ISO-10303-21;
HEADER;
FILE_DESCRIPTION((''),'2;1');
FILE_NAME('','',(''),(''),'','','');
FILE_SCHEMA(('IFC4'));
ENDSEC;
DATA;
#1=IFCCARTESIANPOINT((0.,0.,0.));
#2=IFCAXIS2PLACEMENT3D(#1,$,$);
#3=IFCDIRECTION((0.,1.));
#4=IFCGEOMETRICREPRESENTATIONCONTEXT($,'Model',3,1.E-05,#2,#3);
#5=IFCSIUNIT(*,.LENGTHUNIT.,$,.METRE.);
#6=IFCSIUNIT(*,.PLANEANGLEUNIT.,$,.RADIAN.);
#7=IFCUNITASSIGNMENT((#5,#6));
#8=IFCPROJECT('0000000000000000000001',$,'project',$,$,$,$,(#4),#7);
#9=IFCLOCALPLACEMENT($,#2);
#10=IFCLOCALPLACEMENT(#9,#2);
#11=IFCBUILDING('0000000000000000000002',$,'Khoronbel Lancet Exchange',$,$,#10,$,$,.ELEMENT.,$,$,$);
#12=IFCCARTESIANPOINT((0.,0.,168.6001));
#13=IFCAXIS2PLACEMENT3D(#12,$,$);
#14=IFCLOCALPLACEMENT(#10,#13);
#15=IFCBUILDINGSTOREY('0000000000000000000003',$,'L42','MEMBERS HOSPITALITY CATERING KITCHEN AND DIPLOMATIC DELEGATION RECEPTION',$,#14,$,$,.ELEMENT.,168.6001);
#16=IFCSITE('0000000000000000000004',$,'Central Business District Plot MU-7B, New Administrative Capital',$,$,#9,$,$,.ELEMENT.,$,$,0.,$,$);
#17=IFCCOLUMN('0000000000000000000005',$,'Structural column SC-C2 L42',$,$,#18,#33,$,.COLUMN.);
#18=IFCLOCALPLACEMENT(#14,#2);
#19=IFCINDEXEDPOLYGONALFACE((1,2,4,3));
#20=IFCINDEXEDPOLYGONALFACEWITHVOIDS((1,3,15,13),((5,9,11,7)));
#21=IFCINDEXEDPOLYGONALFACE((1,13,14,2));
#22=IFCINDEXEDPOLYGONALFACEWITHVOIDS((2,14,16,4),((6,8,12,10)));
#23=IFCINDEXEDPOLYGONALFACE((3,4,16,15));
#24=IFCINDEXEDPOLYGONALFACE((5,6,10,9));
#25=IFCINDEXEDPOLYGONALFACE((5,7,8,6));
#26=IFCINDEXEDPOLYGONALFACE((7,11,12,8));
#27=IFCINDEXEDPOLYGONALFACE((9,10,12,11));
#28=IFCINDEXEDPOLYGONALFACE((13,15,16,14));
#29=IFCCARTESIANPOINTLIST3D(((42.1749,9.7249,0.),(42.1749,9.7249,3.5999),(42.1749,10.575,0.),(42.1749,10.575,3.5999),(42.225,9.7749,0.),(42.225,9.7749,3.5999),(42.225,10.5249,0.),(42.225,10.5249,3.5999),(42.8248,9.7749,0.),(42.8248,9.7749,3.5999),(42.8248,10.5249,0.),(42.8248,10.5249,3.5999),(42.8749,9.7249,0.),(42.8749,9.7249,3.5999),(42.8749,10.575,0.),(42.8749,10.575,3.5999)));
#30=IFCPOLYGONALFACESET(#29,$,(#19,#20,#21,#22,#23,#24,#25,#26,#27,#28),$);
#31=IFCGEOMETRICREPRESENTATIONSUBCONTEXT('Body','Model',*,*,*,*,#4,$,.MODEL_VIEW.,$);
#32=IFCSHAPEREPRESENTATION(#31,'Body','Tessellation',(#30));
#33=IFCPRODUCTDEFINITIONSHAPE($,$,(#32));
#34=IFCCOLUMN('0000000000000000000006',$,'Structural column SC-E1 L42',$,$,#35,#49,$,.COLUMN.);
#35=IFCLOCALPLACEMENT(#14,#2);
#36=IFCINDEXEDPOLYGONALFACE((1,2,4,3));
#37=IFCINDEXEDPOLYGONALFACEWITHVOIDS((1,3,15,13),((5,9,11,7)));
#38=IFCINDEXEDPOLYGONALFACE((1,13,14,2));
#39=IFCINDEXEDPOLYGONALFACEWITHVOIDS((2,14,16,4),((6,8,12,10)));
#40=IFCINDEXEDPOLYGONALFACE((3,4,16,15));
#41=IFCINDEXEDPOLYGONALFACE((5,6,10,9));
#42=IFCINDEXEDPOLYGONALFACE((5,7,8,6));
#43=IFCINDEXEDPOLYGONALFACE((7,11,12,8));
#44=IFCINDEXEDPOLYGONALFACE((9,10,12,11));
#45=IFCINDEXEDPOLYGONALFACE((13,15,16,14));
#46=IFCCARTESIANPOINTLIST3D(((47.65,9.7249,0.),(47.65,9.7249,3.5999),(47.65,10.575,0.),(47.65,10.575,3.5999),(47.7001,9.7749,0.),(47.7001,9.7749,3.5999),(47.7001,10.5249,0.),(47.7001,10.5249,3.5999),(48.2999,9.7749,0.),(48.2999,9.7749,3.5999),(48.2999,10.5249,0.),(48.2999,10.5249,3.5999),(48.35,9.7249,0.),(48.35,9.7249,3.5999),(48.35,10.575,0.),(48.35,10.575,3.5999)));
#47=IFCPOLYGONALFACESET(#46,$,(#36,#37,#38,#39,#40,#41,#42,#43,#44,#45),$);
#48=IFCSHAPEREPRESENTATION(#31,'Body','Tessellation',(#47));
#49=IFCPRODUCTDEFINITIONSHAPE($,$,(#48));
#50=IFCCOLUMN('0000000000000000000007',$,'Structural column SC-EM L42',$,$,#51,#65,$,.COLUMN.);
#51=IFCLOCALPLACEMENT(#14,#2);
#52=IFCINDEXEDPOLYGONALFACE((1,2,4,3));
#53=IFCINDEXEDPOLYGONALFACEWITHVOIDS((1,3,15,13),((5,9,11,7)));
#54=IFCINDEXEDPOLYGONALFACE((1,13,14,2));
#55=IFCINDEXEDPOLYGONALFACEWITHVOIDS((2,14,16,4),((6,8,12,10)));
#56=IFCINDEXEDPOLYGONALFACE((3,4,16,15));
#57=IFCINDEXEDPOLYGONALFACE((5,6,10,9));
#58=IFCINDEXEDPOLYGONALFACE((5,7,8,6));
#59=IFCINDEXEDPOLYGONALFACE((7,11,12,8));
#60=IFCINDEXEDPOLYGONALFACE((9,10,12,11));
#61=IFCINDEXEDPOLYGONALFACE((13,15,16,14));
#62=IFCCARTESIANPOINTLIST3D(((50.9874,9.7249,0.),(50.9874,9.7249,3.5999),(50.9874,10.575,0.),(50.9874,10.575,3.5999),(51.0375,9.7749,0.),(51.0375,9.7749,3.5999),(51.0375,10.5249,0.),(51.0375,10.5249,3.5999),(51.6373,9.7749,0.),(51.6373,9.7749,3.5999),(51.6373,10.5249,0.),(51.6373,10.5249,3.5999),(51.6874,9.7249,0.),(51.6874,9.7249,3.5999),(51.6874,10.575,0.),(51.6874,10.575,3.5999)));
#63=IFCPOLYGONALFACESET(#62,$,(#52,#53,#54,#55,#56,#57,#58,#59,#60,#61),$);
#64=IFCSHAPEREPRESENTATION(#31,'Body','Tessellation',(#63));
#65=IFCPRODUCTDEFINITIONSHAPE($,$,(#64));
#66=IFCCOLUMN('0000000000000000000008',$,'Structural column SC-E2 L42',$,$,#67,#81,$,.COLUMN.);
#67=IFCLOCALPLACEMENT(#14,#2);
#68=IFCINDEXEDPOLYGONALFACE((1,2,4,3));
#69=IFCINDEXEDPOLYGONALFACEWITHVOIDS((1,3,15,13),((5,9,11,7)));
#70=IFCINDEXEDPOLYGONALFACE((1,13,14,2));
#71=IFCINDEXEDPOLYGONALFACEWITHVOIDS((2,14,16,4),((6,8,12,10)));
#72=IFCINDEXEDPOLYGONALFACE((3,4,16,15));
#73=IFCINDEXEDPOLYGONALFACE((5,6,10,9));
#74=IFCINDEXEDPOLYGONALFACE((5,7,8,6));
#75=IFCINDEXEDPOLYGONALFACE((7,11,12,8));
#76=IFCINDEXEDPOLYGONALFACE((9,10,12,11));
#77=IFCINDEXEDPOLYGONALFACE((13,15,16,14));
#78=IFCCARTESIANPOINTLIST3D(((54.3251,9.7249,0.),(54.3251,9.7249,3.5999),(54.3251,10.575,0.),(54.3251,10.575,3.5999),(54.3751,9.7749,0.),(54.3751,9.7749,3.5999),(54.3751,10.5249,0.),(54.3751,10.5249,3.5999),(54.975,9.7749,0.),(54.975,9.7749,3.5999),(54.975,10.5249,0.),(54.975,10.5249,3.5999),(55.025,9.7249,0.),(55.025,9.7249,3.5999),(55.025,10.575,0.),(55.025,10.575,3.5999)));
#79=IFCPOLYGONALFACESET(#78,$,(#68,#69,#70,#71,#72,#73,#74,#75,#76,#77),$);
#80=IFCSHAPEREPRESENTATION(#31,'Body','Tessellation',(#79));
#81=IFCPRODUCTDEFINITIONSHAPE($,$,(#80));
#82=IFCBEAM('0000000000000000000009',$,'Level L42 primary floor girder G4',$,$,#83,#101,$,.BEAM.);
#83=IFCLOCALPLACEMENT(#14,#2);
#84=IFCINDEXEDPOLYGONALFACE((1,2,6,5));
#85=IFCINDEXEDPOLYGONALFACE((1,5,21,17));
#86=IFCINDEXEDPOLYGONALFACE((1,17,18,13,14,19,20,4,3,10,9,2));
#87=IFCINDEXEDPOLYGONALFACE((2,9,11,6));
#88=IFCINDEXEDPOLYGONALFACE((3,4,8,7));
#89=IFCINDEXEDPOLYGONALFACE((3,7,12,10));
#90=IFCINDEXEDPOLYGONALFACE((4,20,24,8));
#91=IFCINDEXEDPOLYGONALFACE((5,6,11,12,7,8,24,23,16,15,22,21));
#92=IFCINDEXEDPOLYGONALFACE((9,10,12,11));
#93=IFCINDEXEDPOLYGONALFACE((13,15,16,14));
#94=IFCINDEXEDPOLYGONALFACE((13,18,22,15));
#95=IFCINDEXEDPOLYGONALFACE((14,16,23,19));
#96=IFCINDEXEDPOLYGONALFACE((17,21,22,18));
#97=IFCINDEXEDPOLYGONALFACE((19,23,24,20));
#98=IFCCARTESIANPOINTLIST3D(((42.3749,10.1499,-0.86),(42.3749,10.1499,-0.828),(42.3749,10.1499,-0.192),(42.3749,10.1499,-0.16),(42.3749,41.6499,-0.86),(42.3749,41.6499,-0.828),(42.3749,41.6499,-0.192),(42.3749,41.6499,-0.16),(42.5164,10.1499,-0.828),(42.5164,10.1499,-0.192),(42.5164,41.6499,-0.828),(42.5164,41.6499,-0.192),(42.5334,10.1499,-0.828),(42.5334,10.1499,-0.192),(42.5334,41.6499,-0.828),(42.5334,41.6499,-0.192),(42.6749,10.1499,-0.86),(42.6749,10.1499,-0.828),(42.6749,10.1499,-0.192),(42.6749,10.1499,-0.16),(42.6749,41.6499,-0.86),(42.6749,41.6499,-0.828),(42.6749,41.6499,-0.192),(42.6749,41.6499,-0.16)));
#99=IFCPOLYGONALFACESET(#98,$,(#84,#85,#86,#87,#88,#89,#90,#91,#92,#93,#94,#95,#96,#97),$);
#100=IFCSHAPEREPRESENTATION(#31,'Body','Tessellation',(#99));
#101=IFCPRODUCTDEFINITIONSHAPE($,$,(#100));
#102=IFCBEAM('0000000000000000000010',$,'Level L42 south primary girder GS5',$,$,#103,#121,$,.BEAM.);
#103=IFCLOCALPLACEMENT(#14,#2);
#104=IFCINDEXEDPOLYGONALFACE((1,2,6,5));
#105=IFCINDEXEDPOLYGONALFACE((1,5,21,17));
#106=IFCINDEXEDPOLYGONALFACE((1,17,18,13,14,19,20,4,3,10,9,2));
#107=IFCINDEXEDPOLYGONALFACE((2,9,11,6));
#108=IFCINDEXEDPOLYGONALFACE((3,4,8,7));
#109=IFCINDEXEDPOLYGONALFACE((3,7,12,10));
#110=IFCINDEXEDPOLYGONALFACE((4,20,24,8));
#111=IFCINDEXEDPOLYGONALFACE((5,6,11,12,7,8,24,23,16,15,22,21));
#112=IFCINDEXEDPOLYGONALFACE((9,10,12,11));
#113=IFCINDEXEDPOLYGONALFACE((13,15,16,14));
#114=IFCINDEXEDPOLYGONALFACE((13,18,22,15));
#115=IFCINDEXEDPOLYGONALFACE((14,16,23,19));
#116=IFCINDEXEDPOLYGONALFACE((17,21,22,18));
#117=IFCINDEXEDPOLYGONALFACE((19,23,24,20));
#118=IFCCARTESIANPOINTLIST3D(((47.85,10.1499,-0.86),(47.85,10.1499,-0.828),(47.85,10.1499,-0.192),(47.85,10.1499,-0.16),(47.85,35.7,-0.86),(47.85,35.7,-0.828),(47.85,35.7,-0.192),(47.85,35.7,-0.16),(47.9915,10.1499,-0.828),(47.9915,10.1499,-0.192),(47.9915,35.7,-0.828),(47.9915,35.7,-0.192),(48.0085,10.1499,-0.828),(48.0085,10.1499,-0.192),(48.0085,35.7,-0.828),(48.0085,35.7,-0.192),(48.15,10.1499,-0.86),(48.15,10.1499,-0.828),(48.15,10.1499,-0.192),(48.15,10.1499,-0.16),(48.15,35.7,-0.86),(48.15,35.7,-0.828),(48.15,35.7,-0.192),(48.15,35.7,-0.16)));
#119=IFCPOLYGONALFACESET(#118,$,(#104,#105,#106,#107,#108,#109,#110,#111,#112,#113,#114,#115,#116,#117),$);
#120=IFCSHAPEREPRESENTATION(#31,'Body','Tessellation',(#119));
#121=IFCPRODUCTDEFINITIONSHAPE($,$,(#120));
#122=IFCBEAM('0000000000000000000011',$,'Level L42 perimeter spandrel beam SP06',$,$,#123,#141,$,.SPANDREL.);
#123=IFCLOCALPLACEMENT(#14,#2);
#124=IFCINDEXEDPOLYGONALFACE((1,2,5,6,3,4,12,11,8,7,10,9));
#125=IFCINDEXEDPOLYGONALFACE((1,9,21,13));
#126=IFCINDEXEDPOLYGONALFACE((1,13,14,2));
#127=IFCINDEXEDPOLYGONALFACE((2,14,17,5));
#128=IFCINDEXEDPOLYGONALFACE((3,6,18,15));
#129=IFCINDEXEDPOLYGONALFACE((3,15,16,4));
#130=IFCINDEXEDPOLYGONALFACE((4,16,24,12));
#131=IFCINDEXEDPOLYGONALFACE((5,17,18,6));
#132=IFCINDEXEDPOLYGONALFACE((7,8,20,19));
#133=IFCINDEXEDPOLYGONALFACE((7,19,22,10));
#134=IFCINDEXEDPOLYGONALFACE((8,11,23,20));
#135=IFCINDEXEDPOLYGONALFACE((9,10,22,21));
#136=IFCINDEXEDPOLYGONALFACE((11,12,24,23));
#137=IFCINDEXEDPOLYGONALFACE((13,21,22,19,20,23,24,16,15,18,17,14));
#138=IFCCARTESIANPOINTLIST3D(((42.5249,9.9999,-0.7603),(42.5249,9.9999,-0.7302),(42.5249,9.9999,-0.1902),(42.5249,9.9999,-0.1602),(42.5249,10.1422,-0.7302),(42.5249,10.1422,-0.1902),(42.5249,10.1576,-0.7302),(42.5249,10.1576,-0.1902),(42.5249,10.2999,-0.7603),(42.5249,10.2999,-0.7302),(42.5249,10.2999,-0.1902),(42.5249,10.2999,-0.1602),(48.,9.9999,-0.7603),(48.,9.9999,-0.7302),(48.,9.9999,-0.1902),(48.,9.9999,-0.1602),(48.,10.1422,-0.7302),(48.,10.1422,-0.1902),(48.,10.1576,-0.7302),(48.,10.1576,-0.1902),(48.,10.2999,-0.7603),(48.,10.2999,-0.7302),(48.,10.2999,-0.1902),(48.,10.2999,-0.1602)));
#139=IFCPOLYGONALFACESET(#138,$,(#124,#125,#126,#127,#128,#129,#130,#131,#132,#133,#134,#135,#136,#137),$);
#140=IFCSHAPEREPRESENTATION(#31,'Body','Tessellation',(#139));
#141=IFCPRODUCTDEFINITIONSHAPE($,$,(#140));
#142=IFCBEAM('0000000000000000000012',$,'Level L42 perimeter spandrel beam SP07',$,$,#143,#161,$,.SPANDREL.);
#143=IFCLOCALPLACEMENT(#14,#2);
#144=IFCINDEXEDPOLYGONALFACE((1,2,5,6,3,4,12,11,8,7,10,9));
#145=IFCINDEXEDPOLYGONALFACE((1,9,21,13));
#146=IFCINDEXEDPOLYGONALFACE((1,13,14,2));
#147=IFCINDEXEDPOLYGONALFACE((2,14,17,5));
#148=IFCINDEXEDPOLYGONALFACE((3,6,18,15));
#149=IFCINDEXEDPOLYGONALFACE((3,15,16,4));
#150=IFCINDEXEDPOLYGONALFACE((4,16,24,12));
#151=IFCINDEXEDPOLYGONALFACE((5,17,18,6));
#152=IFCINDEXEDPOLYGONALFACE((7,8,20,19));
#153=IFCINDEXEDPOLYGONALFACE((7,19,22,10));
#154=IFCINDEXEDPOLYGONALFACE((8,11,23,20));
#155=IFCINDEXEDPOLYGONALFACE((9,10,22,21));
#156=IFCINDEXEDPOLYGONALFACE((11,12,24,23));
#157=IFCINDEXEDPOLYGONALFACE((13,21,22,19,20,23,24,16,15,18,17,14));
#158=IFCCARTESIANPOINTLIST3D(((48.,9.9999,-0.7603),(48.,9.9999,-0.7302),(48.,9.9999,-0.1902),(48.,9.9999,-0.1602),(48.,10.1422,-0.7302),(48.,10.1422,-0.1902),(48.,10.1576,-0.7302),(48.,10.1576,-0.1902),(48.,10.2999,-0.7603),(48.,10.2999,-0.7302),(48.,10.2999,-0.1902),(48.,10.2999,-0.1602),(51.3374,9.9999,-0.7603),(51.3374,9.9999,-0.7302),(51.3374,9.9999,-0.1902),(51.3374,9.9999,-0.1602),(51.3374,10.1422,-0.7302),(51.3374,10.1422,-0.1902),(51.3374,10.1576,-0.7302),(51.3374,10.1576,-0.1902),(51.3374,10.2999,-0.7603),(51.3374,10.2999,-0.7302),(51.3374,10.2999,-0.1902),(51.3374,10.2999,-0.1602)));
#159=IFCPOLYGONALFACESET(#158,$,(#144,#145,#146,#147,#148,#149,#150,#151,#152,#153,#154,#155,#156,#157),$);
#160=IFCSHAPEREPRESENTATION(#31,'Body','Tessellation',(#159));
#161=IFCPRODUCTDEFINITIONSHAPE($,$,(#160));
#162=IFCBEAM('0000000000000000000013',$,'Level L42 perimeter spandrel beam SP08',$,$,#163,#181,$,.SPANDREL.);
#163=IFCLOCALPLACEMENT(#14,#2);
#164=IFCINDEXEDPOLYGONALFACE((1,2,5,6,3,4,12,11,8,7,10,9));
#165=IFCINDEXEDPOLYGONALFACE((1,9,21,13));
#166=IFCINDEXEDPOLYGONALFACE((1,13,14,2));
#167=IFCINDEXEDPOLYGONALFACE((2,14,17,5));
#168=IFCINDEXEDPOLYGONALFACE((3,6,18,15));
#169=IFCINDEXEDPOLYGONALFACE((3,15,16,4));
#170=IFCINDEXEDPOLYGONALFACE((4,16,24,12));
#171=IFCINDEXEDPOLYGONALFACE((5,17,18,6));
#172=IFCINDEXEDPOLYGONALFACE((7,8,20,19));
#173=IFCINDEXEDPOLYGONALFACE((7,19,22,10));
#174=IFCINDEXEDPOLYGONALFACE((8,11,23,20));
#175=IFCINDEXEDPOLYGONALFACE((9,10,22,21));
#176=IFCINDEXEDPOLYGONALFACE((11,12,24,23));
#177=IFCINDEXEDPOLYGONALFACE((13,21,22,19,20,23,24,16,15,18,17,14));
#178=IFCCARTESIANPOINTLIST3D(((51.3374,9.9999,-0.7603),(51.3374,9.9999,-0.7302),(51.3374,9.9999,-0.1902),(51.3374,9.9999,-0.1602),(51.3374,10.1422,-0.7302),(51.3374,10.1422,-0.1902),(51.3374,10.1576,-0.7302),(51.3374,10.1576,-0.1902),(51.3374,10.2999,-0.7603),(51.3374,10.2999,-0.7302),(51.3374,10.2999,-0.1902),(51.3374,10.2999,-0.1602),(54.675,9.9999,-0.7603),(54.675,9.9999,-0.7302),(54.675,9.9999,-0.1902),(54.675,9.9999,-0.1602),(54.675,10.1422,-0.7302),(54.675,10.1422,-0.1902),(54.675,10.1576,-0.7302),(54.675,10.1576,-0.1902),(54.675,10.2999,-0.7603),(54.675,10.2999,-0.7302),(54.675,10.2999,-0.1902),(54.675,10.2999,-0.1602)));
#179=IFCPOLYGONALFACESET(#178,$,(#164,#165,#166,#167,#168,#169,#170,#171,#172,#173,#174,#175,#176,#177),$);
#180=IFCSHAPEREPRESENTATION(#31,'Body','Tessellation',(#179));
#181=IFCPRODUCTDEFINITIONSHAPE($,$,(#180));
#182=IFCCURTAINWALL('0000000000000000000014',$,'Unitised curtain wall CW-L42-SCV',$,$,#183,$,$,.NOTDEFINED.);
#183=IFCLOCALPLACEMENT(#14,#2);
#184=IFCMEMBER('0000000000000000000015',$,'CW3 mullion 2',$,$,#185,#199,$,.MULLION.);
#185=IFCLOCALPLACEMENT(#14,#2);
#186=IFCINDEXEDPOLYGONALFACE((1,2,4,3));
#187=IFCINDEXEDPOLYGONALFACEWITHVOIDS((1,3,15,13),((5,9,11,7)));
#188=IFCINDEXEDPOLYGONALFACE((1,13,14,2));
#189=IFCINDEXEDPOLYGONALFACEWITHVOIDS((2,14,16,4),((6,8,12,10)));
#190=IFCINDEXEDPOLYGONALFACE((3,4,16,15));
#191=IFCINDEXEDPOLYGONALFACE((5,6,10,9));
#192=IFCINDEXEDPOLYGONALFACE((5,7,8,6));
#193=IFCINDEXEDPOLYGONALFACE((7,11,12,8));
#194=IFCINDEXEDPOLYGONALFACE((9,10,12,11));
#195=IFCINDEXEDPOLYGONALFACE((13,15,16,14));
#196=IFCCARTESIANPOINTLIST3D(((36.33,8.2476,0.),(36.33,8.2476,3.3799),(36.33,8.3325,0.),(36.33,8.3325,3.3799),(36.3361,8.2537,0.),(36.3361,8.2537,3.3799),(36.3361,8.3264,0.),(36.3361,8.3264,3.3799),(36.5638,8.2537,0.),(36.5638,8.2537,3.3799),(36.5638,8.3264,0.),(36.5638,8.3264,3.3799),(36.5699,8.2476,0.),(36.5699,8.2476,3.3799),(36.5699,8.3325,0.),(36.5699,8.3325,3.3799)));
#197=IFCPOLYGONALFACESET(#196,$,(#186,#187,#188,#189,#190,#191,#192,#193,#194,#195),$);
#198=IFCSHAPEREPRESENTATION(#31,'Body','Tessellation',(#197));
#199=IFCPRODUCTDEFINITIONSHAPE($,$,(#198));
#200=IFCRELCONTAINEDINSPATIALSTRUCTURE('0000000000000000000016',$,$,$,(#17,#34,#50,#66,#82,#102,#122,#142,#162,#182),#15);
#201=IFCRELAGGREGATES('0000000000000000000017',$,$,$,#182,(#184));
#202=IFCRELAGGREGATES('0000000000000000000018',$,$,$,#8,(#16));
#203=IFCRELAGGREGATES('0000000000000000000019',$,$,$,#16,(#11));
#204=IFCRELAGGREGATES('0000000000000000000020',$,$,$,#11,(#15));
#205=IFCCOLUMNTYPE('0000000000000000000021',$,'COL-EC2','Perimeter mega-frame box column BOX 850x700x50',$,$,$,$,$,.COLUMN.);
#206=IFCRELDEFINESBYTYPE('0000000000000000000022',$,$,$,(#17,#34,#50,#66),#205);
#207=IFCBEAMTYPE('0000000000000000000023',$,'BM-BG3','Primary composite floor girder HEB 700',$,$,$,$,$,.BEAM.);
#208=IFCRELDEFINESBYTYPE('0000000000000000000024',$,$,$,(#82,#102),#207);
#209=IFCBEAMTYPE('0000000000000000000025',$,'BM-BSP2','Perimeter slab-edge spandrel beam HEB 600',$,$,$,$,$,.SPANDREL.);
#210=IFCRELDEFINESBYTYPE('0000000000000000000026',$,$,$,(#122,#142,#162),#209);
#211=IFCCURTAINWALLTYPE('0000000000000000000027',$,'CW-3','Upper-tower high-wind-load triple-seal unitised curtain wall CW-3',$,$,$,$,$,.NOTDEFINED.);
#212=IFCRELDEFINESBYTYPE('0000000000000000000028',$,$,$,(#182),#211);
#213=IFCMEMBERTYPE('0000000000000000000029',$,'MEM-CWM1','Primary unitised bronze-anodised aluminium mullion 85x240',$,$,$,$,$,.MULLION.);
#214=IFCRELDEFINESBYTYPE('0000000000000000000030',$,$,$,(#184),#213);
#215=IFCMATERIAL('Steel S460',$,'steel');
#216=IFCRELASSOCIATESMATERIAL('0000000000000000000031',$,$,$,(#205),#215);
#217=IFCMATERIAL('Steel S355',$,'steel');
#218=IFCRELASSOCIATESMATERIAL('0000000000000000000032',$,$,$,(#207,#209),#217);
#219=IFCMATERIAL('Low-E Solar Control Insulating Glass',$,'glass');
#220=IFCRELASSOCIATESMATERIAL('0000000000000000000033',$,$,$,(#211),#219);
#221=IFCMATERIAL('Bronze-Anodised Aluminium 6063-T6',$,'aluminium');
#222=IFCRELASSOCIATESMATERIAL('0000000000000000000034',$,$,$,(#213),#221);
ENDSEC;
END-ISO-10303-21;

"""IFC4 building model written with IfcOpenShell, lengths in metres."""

from ifc_helpers import new_model, si_unit, direction, frame, origin, origin_2d, place, context, subcontext, project, spatial, hollow_rectangle, i_section, extrude, material, material_profile, profile_set, type_object, element, aggregate, save


model = new_model("IFC4")

# Units and contexts
model_context = context("Model", 3, precision=1e-05, world=origin(), true_north=direction((0.0, 1.0)))
body_context = subcontext(model_context, "Body", "Model", "MODEL_VIEW")
ifc_project = project(units=[si_unit("LENGTHUNIT", "METRE"), si_unit("PLANEANGLEUNIT", "RADIAN")], contexts=[model_context])

# Site, building, storey
site_placement = place(None, origin())
site = spatial("IfcSite", under=ifc_project, at=site_placement, Name="Central Business District Plot MU-7B, New Administrative Capital", CompositionType="ELEMENT", RefElevation=0.0)
building_placement = place(site_placement, origin())
building = spatial("IfcBuilding", under=site, at=building_placement, Name="Khoronbel Lancet Exchange", CompositionType="ELEMENT")
storey_placement = place(building_placement, frame((0.0, 0.0, 168.6001)))
storey = spatial("IfcBuildingStorey", under=building, at=storey_placement, Name="L42", Description="MEMBERS HOSPITALITY CATERING KITCHEN AND DIPLOMATIC DELEGATION RECEPTION", CompositionType="ELEMENT", Elevation=168.6001)

# Columns
ifc_material_1 = material(Name="Steel S460", Category="steel")
ifc_material_profile_1 = material_profile(ifc_material_1, hollow_rectangle(XDim=0.7, YDim=0.8501, WallThickness=0.05, at=origin_2d()), Name="BOX 850x700x50")
ifc_profile_set_1 = profile_set([ifc_material_profile_1], Name="Steel S460")
column_type = type_object("IfcColumnType", Name="COL-EC2", Description="Perimeter mega-frame box column BOX 850x700x50", PredefinedType="COLUMN", material=ifc_profile_set_1)
for number, where, z_axis, x_axis, name in (
    (1, (42.5249, 10.1499, 0.0), (0.0, 0.0, 1.0), (1.0, 0.0, 0.0), "Structural column SC-C2 L42"),
    (2, (48.0, 10.1499, 0.0), (0.0, 0.0, 1.0), (1.0, 0.0, 0.0), "Structural column SC-E1 L42"),
    (3, (51.3374, 10.1499, 0.0), (0.0, 0.0, 1.0), (1.0, 0.0, 0.0), "Structural column SC-EM L42"),
    (4, (54.675, 10.1499, 0.0), (0.0, 0.0, 1.0), (1.0, 0.0, 0.0), "Structural column SC-E2 L42"),
):
    element("IfcColumn", number, at=place(storey_placement, frame(where, z_axis=z_axis, x_axis=x_axis)), inside=storey, type_object=column_type, Name=name, PredefinedType="COLUMN", context=body_context, shape_type="SweptSolid", body=[
        extrude(hollow_rectangle(XDim=0.7, YDim=0.8501, WallThickness=0.05, at=origin_2d()), origin(), (0.0, 0.0, 1.0), 3.5999),
    ])

# Beams
ifc_material_2 = material(Name="Steel S355", Category="steel")
ifc_material_profile_2 = material_profile(ifc_material_2, i_section(OverallWidth=0.3, OverallDepth=0.7, WebThickness=0.0171, FlangeThickness=0.032, at=origin_2d()), Name="HEB 700")
ifc_profile_set_2 = profile_set([ifc_material_profile_2], Name="Steel S355")
beam_type_1 = type_object("IfcBeamType", Name="BM-BG3", Description="Primary composite floor girder HEB 700", PredefinedType="BEAM", material=ifc_profile_set_2)
beam_1_placement = place(storey_placement, frame((42.5249, 10.1499, -0.51), z_axis=(0.0, 1.0, 0.0), x_axis=(-1.0, 0.0, 0.0)))
element("IfcBeam", 5, at=beam_1_placement, inside=storey, type_object=beam_type_1, Name="Level L42 primary floor girder G4", PredefinedType="BEAM", context=body_context, shape_type="SweptSolid", body=[
    extrude(i_section(OverallWidth=0.3, OverallDepth=0.7, WebThickness=0.0171, FlangeThickness=0.032, at=origin_2d()), origin(), (0.0, 0.0, 1.0), 31.5),
])
beam_2_placement = place(storey_placement, frame((48.0, 10.1499, -0.51), z_axis=(0.0, 1.0, 0.0), x_axis=(-1.0, 0.0, 0.0)))
element("IfcBeam", 6, at=beam_2_placement, inside=storey, type_object=beam_type_1, Name="Level L42 south primary girder GS5", PredefinedType="BEAM", context=body_context, shape_type="SweptSolid", body=[
    extrude(i_section(OverallWidth=0.3, OverallDepth=0.7, WebThickness=0.0171, FlangeThickness=0.032, at=origin_2d()), origin(), (0.0, 0.0, 1.0), 25.55),
])
ifc_material_profile_3 = material_profile(ifc_material_2, i_section(OverallWidth=0.3, OverallDepth=0.6001, WebThickness=0.0154, FlangeThickness=0.03, at=origin_2d()), Name="HEB 600")
ifc_profile_set_3 = profile_set([ifc_material_profile_3], Name="Steel S355")
beam_type_2 = type_object("IfcBeamType", Name="BM-BSP2", Description="Perimeter slab-edge spandrel beam HEB 600", PredefinedType="SPANDREL", material=ifc_profile_set_3)
beam_3_placement = place(storey_placement, frame((42.5249, 10.1499, -0.4602), z_axis=(1.0, 0.0, 0.0), x_axis=(0.0, 1.0, 0.0)))
element("IfcBeam", 7, at=beam_3_placement, inside=storey, type_object=beam_type_2, Name="Level L42 perimeter spandrel beam SP06", PredefinedType="SPANDREL", context=body_context, shape_type="SweptSolid", body=[
    extrude(i_section(OverallWidth=0.3, OverallDepth=0.6001, WebThickness=0.0154, FlangeThickness=0.03, at=origin_2d()), origin(), (0.0, 0.0, 1.0), 5.4751),
])
beam_4_placement = place(storey_placement, frame((48.0, 10.1499, -0.4602), z_axis=(1.0, 0.0, 0.0), x_axis=(0.0, 1.0, 0.0)))
element("IfcBeam", 8, at=beam_4_placement, inside=storey, type_object=beam_type_2, Name="Level L42 perimeter spandrel beam SP07", PredefinedType="SPANDREL", context=body_context, shape_type="SweptSolid", body=[
    extrude(i_section(OverallWidth=0.3, OverallDepth=0.6001, WebThickness=0.0154, FlangeThickness=0.03, at=origin_2d()), origin(), (0.0, 0.0, 1.0), 3.3374),
])
beam_5_placement = place(storey_placement, frame((51.3374, 10.1499, -0.4602), z_axis=(1.0, 0.0, 0.0), x_axis=(0.0, 1.0, 0.0)))
element("IfcBeam", 9, at=beam_5_placement, inside=storey, type_object=beam_type_2, Name="Level L42 perimeter spandrel beam SP08", PredefinedType="SPANDREL", context=body_context, shape_type="SweptSolid", body=[
    extrude(i_section(OverallWidth=0.3, OverallDepth=0.6001, WebThickness=0.0154, FlangeThickness=0.03, at=origin_2d()), origin(), (0.0, 0.0, 1.0), 3.3376),
])

# Curtain wall, member
ifc_material_3 = material(Name="Low-E Solar Control Insulating Glass", Category="glass")
curtain_wall_type = type_object("IfcCurtainWallType", Name="CW-3", Description="Upper-tower high-wind-load triple-seal unitised curtain wall CW-3", PredefinedType="NOTDEFINED", material=ifc_material_3)
curtain_wall_1_placement = place(storey_placement, origin())
curtain_wall_1 = element("IfcCurtainWall", 10, at=curtain_wall_1_placement, inside=storey, type_object=curtain_wall_type, Name="Unitised curtain wall CW-L42-SCV", PredefinedType="NOTDEFINED")
ifc_material_4 = material(Name="Bronze-Anodised Aluminium 6063-T6", Category="aluminium")
ifc_material_profile_4 = material_profile(ifc_material_4, hollow_rectangle(XDim=0.085, YDim=0.24, WallThickness=0.0061, at=origin_2d()), Name="ALU MULLION 85x240")
ifc_profile_set_4 = profile_set([ifc_material_profile_4], Name="Bronze-Anodised Aluminium 6063-T6")
member_type_1 = type_object("IfcMemberType", Name="MEM-CWM1", Description="Primary unitised bronze-anodised aluminium mullion 85x240", PredefinedType="MULLION", material=ifc_profile_set_4)
member_1_placement = place(storey_placement, frame((36.45, 8.29, 0.0), z_axis=(0.0, 0.0, 1.0), x_axis=(0.0, 1.0, 0.0)))
member_1 = element("IfcMember", 11, at=member_1_placement, type_object=member_type_1, Name="CW3 mullion 2", PredefinedType="MULLION", context=body_context, shape_type="SweptSolid", body=[
    extrude(hollow_rectangle(XDim=0.085, YDim=0.24, WallThickness=0.0061, at=origin_2d()), origin(), (0.0, 0.0, 1.0), 3.3799),
])

aggregate(curtain_wall_1, [member_1])

save(model, "model.ifc")
